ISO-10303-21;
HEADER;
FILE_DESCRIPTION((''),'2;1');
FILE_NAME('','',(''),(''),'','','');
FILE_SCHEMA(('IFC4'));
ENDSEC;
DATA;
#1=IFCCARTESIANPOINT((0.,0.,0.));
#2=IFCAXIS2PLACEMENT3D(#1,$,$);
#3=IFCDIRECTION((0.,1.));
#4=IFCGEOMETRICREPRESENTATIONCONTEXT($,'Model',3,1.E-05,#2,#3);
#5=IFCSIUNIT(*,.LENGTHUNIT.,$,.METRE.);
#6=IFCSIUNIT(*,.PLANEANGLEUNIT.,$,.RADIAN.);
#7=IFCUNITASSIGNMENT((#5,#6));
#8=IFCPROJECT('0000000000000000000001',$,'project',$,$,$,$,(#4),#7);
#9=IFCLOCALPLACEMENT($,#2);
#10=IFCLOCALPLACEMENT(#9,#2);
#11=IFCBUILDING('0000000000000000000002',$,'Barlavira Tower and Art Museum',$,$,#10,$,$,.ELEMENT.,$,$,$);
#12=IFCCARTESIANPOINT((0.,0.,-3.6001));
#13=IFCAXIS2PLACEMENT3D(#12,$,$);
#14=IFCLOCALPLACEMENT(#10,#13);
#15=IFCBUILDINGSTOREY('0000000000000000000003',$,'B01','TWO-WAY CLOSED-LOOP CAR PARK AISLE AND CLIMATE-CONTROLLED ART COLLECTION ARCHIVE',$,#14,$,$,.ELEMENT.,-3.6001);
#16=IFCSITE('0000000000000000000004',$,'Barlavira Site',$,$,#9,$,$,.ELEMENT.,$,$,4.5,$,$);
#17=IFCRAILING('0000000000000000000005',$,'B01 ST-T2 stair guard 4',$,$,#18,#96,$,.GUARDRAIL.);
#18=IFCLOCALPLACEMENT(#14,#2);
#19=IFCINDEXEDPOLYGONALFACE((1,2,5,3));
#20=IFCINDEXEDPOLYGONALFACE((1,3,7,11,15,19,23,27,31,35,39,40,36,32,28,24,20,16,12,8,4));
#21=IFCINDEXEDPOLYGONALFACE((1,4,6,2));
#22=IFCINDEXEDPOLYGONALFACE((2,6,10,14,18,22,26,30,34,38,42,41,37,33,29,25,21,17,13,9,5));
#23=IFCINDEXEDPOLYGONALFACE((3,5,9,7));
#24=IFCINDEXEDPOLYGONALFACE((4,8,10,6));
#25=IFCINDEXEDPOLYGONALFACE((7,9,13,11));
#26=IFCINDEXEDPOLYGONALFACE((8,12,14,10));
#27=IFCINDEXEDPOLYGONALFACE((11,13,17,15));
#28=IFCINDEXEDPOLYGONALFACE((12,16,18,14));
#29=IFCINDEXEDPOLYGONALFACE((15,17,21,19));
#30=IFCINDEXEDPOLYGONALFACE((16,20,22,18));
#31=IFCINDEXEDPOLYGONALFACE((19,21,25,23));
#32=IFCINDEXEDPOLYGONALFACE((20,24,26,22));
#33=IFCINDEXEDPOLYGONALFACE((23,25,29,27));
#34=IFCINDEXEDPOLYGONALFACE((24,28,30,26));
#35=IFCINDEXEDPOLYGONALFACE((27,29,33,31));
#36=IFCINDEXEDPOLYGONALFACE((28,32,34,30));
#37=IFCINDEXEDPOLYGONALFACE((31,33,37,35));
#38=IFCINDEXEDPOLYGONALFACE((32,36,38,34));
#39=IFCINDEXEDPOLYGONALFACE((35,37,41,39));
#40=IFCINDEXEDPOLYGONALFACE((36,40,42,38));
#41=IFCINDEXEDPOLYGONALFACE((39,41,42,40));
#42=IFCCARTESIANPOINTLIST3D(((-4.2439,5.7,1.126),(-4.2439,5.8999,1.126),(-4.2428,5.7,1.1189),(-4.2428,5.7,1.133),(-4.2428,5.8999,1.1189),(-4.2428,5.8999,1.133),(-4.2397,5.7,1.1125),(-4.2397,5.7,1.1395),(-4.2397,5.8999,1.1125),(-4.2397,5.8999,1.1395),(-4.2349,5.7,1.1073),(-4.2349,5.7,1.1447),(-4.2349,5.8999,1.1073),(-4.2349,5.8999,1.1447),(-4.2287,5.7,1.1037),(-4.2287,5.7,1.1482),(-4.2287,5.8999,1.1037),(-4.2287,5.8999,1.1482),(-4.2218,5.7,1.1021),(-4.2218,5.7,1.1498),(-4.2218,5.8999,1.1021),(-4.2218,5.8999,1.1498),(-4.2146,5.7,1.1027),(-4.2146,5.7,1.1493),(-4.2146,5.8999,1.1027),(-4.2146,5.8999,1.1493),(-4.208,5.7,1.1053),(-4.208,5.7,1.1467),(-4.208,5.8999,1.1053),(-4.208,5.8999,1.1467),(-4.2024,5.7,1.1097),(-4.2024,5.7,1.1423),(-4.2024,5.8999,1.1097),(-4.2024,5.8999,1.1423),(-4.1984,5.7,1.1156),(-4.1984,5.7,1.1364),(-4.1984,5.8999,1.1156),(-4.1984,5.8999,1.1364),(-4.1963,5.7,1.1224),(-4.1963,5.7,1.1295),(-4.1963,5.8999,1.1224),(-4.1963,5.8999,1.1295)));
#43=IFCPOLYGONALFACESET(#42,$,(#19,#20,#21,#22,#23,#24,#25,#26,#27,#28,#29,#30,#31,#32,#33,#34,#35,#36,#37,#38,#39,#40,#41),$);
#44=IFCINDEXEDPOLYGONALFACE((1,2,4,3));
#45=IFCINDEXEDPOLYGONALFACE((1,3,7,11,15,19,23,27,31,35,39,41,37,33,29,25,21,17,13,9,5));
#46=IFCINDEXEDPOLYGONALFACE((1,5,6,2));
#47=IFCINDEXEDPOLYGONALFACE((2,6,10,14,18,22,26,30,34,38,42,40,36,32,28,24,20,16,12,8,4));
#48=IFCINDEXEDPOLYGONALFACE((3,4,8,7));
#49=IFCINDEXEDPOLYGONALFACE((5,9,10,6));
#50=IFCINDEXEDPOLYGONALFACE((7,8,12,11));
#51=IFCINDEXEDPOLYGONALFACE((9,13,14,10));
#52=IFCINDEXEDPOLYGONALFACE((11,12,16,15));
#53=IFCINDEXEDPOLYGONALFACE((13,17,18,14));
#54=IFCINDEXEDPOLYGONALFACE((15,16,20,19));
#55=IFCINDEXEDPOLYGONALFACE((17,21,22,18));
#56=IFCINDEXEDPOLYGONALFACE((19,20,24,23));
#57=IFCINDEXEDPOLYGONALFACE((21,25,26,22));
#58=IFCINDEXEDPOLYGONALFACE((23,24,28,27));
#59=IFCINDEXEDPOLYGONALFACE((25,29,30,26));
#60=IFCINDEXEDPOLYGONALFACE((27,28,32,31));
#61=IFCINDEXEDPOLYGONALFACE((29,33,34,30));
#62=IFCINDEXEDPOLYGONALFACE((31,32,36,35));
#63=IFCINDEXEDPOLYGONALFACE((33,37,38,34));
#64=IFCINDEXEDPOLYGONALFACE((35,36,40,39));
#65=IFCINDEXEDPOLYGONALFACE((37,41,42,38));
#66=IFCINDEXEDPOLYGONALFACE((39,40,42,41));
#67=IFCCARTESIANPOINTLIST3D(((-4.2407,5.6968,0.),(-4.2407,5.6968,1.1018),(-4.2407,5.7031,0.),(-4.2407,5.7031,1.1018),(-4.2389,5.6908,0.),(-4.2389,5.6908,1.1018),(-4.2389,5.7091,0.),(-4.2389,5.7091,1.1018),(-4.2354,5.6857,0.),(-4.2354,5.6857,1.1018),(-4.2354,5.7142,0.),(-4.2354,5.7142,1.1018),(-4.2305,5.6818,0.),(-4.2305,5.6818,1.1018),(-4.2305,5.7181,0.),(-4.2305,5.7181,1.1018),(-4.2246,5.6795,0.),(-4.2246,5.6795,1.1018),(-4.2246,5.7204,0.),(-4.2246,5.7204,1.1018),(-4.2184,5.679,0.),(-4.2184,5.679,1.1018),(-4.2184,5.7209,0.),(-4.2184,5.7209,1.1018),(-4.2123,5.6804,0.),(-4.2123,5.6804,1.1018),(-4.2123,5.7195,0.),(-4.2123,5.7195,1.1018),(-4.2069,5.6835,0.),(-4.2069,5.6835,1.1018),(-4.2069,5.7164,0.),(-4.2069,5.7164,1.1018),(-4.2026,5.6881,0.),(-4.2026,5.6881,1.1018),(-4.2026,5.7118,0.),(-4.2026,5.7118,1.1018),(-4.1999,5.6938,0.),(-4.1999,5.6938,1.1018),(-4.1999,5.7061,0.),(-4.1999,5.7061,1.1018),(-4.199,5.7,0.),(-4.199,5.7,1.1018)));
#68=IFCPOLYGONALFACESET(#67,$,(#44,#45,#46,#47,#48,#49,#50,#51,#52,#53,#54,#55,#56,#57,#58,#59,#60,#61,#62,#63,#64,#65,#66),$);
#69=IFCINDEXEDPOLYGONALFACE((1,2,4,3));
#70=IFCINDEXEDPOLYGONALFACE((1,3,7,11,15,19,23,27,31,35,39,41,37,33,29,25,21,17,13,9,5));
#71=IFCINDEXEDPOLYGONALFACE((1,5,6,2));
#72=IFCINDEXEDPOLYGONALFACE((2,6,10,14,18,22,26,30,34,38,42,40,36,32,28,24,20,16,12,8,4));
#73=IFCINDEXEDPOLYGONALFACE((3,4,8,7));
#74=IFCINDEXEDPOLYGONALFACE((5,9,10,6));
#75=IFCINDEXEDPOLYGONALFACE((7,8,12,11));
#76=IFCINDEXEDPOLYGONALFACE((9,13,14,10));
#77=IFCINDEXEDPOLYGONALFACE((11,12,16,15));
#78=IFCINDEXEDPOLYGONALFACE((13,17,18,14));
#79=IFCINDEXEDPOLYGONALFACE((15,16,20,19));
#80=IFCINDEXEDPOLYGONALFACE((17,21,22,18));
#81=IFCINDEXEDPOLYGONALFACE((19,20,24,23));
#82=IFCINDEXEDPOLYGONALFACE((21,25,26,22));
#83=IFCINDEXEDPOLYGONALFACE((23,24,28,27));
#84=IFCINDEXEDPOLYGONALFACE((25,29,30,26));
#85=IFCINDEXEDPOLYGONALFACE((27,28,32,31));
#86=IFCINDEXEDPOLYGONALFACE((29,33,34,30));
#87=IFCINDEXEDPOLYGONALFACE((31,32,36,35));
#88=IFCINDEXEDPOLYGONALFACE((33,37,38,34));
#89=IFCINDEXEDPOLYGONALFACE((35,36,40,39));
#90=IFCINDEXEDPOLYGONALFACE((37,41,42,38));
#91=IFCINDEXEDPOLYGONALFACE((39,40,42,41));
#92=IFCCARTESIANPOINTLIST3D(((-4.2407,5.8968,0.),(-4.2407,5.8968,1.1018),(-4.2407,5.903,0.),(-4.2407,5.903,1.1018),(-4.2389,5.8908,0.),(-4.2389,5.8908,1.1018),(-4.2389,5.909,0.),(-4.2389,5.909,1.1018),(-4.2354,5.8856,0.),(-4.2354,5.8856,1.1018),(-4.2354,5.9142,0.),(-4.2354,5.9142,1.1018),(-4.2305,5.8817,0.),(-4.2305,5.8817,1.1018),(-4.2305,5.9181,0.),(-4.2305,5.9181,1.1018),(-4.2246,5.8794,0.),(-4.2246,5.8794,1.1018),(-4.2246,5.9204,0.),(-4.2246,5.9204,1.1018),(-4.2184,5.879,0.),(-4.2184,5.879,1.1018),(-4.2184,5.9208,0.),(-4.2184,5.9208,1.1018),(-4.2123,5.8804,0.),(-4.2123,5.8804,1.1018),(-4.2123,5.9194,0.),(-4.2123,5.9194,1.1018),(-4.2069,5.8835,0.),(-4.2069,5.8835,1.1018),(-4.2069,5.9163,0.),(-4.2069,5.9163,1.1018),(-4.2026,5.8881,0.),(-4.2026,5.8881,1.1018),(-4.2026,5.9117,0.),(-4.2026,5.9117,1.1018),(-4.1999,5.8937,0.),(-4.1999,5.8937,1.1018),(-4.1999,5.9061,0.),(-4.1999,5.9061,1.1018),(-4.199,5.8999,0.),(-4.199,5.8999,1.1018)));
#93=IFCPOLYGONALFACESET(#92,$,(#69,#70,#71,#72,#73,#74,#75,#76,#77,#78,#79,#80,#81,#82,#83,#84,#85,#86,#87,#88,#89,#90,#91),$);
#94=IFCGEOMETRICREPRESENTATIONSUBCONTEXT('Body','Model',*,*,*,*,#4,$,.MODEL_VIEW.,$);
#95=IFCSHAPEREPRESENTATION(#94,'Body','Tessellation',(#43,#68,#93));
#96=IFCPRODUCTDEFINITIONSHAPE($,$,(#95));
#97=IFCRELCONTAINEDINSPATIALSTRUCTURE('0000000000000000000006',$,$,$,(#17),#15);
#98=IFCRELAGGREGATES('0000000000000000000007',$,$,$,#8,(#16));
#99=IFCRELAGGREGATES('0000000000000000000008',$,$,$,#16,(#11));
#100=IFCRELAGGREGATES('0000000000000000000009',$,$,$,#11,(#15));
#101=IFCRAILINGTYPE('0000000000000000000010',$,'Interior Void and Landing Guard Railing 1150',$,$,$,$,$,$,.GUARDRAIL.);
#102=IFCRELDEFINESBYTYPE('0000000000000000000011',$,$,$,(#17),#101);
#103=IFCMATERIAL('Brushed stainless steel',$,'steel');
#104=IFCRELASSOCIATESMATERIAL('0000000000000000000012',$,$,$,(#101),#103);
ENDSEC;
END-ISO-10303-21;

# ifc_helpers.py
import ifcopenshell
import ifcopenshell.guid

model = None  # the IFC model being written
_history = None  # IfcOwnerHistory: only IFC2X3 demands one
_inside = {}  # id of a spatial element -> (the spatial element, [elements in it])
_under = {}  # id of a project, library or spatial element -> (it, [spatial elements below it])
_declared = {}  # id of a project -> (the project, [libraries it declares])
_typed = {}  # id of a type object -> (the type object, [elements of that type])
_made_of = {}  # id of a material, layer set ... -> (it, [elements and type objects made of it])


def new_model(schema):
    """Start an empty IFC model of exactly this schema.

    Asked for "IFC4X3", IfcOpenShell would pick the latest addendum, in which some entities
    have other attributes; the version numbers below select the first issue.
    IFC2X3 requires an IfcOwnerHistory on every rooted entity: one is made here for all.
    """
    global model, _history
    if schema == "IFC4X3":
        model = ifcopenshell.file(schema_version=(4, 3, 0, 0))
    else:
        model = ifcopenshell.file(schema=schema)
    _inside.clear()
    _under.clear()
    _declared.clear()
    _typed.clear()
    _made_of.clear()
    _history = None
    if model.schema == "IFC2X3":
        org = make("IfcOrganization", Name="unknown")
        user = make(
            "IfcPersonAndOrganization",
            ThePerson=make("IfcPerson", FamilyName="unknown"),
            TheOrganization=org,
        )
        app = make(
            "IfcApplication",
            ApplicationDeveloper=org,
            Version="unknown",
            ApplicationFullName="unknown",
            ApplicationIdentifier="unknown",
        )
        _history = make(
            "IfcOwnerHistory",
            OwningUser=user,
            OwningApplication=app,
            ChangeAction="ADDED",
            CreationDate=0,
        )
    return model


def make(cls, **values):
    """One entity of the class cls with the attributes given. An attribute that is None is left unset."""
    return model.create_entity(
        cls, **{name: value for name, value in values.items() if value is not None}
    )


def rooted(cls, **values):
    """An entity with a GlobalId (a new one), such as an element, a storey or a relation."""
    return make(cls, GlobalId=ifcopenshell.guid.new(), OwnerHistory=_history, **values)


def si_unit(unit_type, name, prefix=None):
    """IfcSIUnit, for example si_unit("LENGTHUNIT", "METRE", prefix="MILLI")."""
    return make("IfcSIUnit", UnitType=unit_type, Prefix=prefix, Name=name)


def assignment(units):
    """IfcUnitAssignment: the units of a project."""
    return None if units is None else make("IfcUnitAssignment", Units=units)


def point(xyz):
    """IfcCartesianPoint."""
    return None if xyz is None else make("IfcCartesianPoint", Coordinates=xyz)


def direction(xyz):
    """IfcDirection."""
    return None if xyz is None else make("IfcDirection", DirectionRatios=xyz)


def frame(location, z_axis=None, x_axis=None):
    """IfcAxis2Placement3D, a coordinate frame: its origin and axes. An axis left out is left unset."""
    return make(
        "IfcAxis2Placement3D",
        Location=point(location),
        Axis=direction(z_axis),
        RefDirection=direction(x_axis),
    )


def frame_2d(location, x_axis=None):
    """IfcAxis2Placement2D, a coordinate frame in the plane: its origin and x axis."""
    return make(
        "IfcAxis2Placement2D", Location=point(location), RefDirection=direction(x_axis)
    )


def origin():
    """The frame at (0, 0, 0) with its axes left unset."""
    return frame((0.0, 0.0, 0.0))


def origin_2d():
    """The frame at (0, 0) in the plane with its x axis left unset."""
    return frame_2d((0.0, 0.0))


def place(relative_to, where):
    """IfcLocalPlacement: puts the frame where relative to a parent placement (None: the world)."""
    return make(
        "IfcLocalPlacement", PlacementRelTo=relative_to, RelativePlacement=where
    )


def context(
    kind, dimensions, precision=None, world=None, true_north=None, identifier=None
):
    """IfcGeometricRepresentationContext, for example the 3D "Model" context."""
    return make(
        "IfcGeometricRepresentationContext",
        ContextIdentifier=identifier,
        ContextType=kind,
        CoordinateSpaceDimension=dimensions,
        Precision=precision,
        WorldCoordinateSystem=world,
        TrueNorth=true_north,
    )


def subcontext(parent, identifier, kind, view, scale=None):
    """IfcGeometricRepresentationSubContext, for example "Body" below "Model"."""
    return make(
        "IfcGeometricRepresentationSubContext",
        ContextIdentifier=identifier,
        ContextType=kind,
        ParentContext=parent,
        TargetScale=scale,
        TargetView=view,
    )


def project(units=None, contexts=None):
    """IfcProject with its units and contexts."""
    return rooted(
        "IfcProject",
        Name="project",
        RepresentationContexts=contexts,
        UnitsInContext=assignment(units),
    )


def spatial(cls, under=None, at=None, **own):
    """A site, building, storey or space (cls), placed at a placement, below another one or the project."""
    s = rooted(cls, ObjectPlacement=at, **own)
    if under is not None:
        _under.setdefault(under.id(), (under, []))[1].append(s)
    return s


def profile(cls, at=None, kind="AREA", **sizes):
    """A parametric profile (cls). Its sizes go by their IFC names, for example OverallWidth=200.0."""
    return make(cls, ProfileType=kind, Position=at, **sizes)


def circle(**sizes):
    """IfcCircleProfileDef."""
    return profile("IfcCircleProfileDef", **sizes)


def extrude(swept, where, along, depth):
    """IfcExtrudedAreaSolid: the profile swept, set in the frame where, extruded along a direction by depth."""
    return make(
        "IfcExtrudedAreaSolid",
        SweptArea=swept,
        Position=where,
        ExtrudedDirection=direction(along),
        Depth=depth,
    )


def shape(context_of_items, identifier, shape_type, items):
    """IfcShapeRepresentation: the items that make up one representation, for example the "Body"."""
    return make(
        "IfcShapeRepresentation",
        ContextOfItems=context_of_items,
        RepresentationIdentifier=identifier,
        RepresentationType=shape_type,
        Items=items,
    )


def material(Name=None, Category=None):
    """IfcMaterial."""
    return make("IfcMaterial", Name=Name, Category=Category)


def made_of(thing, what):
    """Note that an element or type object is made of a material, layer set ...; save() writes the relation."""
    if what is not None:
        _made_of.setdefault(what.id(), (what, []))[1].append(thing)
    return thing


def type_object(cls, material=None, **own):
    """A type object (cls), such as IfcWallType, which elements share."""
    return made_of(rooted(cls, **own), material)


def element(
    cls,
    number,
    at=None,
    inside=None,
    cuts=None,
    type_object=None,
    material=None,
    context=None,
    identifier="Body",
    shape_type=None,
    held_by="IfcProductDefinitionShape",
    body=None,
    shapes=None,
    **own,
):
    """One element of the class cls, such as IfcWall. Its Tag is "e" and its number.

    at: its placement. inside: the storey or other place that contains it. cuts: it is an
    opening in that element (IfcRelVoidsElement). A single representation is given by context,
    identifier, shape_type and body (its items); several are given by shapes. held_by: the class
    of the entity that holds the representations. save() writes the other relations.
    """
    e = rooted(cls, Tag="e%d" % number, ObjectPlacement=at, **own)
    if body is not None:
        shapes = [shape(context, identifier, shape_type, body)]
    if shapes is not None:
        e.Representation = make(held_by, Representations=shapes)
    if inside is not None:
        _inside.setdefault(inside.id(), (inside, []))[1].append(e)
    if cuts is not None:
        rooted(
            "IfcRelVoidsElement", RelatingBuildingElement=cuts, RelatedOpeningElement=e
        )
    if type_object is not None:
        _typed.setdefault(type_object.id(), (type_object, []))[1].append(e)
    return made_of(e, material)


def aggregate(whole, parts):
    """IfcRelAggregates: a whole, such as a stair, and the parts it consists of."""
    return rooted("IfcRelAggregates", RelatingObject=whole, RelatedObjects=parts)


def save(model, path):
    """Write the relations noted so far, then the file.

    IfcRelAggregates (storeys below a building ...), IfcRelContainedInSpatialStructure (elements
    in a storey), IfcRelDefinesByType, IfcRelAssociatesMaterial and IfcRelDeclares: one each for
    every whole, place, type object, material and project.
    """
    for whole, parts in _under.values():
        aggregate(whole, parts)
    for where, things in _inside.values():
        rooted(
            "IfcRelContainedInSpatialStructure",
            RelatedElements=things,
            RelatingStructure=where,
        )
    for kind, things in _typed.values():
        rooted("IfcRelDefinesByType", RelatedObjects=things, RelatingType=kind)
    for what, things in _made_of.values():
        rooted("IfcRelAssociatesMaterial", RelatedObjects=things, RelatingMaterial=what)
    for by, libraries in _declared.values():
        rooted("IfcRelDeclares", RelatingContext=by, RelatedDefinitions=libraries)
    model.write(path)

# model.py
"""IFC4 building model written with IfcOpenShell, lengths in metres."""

from ifc_helpers import new_model, si_unit, direction, frame, origin, origin_2d, place, context, subcontext, project, spatial, circle, extrude, material, type_object, element, save


model = new_model("IFC4")

# Units and contexts
model_context = context("Model", 3, precision=1e-05, world=origin(), true_north=direction((0.0, 1.0)))
body_context = subcontext(model_context, "Body", "Model", "MODEL_VIEW")
ifc_project = project(units=[si_unit("LENGTHUNIT", "METRE"), si_unit("PLANEANGLEUNIT", "RADIAN")], contexts=[model_context])

# Site, building, storey
site_placement = place(None, origin())
site = spatial("IfcSite", under=ifc_project, at=site_placement, Name="Barlavira Site", CompositionType="ELEMENT", RefElevation=4.5)
building_placement = place(site_placement, origin())
building = spatial("IfcBuilding", under=site, at=building_placement, Name="Barlavira Tower and Art Museum", CompositionType="ELEMENT")
storey_placement = place(building_placement, frame((0.0, 0.0, -3.6001)))
storey = spatial("IfcBuildingStorey", under=building, at=storey_placement, Name="B01", Description="TWO-WAY CLOSED-LOOP CAR PARK AISLE AND CLIMATE-CONTROLLED ART COLLECTION ARCHIVE", CompositionType="ELEMENT", Elevation=-3.6001)

# Shared definitions
ifc_material_1 = material(Name="Brushed stainless steel", Category="steel")

# Railing
railing_type_1 = type_object("IfcRailingType", Name="Interior Void and Landing Guard Railing 1150", PredefinedType="GUARDRAIL", material=ifc_material_1)
railing_1_placement = place(storey_placement, frame((-4.22, 5.7, 0.0)))
element("IfcRailing", 1, at=railing_1_placement, inside=storey, type_object=railing_type_1, Name="B01 ST-T2 stair guard 4", PredefinedType="GUARDRAIL", context=body_context, shape_type="SweptSolid", body=[
    extrude(circle(Radius=0.0239, at=origin_2d()), frame((0.0, 0.0, 1.126), z_axis=(0.0, 1.0, 0.0), x_axis=(-1.0, 0.0, 0.0)), (0.0, 0.0, 1.0), 0.2),
    extrude(circle(Radius=0.021, at=origin_2d()), origin(), (0.0, 0.0, 1.0), 1.1018),
    extrude(circle(Radius=0.021, at=origin_2d()), frame((0.0, 0.2, 0.0)), (0.0, 0.0, 1.0), 1.1018),
])

save(model, "model.ifc")
